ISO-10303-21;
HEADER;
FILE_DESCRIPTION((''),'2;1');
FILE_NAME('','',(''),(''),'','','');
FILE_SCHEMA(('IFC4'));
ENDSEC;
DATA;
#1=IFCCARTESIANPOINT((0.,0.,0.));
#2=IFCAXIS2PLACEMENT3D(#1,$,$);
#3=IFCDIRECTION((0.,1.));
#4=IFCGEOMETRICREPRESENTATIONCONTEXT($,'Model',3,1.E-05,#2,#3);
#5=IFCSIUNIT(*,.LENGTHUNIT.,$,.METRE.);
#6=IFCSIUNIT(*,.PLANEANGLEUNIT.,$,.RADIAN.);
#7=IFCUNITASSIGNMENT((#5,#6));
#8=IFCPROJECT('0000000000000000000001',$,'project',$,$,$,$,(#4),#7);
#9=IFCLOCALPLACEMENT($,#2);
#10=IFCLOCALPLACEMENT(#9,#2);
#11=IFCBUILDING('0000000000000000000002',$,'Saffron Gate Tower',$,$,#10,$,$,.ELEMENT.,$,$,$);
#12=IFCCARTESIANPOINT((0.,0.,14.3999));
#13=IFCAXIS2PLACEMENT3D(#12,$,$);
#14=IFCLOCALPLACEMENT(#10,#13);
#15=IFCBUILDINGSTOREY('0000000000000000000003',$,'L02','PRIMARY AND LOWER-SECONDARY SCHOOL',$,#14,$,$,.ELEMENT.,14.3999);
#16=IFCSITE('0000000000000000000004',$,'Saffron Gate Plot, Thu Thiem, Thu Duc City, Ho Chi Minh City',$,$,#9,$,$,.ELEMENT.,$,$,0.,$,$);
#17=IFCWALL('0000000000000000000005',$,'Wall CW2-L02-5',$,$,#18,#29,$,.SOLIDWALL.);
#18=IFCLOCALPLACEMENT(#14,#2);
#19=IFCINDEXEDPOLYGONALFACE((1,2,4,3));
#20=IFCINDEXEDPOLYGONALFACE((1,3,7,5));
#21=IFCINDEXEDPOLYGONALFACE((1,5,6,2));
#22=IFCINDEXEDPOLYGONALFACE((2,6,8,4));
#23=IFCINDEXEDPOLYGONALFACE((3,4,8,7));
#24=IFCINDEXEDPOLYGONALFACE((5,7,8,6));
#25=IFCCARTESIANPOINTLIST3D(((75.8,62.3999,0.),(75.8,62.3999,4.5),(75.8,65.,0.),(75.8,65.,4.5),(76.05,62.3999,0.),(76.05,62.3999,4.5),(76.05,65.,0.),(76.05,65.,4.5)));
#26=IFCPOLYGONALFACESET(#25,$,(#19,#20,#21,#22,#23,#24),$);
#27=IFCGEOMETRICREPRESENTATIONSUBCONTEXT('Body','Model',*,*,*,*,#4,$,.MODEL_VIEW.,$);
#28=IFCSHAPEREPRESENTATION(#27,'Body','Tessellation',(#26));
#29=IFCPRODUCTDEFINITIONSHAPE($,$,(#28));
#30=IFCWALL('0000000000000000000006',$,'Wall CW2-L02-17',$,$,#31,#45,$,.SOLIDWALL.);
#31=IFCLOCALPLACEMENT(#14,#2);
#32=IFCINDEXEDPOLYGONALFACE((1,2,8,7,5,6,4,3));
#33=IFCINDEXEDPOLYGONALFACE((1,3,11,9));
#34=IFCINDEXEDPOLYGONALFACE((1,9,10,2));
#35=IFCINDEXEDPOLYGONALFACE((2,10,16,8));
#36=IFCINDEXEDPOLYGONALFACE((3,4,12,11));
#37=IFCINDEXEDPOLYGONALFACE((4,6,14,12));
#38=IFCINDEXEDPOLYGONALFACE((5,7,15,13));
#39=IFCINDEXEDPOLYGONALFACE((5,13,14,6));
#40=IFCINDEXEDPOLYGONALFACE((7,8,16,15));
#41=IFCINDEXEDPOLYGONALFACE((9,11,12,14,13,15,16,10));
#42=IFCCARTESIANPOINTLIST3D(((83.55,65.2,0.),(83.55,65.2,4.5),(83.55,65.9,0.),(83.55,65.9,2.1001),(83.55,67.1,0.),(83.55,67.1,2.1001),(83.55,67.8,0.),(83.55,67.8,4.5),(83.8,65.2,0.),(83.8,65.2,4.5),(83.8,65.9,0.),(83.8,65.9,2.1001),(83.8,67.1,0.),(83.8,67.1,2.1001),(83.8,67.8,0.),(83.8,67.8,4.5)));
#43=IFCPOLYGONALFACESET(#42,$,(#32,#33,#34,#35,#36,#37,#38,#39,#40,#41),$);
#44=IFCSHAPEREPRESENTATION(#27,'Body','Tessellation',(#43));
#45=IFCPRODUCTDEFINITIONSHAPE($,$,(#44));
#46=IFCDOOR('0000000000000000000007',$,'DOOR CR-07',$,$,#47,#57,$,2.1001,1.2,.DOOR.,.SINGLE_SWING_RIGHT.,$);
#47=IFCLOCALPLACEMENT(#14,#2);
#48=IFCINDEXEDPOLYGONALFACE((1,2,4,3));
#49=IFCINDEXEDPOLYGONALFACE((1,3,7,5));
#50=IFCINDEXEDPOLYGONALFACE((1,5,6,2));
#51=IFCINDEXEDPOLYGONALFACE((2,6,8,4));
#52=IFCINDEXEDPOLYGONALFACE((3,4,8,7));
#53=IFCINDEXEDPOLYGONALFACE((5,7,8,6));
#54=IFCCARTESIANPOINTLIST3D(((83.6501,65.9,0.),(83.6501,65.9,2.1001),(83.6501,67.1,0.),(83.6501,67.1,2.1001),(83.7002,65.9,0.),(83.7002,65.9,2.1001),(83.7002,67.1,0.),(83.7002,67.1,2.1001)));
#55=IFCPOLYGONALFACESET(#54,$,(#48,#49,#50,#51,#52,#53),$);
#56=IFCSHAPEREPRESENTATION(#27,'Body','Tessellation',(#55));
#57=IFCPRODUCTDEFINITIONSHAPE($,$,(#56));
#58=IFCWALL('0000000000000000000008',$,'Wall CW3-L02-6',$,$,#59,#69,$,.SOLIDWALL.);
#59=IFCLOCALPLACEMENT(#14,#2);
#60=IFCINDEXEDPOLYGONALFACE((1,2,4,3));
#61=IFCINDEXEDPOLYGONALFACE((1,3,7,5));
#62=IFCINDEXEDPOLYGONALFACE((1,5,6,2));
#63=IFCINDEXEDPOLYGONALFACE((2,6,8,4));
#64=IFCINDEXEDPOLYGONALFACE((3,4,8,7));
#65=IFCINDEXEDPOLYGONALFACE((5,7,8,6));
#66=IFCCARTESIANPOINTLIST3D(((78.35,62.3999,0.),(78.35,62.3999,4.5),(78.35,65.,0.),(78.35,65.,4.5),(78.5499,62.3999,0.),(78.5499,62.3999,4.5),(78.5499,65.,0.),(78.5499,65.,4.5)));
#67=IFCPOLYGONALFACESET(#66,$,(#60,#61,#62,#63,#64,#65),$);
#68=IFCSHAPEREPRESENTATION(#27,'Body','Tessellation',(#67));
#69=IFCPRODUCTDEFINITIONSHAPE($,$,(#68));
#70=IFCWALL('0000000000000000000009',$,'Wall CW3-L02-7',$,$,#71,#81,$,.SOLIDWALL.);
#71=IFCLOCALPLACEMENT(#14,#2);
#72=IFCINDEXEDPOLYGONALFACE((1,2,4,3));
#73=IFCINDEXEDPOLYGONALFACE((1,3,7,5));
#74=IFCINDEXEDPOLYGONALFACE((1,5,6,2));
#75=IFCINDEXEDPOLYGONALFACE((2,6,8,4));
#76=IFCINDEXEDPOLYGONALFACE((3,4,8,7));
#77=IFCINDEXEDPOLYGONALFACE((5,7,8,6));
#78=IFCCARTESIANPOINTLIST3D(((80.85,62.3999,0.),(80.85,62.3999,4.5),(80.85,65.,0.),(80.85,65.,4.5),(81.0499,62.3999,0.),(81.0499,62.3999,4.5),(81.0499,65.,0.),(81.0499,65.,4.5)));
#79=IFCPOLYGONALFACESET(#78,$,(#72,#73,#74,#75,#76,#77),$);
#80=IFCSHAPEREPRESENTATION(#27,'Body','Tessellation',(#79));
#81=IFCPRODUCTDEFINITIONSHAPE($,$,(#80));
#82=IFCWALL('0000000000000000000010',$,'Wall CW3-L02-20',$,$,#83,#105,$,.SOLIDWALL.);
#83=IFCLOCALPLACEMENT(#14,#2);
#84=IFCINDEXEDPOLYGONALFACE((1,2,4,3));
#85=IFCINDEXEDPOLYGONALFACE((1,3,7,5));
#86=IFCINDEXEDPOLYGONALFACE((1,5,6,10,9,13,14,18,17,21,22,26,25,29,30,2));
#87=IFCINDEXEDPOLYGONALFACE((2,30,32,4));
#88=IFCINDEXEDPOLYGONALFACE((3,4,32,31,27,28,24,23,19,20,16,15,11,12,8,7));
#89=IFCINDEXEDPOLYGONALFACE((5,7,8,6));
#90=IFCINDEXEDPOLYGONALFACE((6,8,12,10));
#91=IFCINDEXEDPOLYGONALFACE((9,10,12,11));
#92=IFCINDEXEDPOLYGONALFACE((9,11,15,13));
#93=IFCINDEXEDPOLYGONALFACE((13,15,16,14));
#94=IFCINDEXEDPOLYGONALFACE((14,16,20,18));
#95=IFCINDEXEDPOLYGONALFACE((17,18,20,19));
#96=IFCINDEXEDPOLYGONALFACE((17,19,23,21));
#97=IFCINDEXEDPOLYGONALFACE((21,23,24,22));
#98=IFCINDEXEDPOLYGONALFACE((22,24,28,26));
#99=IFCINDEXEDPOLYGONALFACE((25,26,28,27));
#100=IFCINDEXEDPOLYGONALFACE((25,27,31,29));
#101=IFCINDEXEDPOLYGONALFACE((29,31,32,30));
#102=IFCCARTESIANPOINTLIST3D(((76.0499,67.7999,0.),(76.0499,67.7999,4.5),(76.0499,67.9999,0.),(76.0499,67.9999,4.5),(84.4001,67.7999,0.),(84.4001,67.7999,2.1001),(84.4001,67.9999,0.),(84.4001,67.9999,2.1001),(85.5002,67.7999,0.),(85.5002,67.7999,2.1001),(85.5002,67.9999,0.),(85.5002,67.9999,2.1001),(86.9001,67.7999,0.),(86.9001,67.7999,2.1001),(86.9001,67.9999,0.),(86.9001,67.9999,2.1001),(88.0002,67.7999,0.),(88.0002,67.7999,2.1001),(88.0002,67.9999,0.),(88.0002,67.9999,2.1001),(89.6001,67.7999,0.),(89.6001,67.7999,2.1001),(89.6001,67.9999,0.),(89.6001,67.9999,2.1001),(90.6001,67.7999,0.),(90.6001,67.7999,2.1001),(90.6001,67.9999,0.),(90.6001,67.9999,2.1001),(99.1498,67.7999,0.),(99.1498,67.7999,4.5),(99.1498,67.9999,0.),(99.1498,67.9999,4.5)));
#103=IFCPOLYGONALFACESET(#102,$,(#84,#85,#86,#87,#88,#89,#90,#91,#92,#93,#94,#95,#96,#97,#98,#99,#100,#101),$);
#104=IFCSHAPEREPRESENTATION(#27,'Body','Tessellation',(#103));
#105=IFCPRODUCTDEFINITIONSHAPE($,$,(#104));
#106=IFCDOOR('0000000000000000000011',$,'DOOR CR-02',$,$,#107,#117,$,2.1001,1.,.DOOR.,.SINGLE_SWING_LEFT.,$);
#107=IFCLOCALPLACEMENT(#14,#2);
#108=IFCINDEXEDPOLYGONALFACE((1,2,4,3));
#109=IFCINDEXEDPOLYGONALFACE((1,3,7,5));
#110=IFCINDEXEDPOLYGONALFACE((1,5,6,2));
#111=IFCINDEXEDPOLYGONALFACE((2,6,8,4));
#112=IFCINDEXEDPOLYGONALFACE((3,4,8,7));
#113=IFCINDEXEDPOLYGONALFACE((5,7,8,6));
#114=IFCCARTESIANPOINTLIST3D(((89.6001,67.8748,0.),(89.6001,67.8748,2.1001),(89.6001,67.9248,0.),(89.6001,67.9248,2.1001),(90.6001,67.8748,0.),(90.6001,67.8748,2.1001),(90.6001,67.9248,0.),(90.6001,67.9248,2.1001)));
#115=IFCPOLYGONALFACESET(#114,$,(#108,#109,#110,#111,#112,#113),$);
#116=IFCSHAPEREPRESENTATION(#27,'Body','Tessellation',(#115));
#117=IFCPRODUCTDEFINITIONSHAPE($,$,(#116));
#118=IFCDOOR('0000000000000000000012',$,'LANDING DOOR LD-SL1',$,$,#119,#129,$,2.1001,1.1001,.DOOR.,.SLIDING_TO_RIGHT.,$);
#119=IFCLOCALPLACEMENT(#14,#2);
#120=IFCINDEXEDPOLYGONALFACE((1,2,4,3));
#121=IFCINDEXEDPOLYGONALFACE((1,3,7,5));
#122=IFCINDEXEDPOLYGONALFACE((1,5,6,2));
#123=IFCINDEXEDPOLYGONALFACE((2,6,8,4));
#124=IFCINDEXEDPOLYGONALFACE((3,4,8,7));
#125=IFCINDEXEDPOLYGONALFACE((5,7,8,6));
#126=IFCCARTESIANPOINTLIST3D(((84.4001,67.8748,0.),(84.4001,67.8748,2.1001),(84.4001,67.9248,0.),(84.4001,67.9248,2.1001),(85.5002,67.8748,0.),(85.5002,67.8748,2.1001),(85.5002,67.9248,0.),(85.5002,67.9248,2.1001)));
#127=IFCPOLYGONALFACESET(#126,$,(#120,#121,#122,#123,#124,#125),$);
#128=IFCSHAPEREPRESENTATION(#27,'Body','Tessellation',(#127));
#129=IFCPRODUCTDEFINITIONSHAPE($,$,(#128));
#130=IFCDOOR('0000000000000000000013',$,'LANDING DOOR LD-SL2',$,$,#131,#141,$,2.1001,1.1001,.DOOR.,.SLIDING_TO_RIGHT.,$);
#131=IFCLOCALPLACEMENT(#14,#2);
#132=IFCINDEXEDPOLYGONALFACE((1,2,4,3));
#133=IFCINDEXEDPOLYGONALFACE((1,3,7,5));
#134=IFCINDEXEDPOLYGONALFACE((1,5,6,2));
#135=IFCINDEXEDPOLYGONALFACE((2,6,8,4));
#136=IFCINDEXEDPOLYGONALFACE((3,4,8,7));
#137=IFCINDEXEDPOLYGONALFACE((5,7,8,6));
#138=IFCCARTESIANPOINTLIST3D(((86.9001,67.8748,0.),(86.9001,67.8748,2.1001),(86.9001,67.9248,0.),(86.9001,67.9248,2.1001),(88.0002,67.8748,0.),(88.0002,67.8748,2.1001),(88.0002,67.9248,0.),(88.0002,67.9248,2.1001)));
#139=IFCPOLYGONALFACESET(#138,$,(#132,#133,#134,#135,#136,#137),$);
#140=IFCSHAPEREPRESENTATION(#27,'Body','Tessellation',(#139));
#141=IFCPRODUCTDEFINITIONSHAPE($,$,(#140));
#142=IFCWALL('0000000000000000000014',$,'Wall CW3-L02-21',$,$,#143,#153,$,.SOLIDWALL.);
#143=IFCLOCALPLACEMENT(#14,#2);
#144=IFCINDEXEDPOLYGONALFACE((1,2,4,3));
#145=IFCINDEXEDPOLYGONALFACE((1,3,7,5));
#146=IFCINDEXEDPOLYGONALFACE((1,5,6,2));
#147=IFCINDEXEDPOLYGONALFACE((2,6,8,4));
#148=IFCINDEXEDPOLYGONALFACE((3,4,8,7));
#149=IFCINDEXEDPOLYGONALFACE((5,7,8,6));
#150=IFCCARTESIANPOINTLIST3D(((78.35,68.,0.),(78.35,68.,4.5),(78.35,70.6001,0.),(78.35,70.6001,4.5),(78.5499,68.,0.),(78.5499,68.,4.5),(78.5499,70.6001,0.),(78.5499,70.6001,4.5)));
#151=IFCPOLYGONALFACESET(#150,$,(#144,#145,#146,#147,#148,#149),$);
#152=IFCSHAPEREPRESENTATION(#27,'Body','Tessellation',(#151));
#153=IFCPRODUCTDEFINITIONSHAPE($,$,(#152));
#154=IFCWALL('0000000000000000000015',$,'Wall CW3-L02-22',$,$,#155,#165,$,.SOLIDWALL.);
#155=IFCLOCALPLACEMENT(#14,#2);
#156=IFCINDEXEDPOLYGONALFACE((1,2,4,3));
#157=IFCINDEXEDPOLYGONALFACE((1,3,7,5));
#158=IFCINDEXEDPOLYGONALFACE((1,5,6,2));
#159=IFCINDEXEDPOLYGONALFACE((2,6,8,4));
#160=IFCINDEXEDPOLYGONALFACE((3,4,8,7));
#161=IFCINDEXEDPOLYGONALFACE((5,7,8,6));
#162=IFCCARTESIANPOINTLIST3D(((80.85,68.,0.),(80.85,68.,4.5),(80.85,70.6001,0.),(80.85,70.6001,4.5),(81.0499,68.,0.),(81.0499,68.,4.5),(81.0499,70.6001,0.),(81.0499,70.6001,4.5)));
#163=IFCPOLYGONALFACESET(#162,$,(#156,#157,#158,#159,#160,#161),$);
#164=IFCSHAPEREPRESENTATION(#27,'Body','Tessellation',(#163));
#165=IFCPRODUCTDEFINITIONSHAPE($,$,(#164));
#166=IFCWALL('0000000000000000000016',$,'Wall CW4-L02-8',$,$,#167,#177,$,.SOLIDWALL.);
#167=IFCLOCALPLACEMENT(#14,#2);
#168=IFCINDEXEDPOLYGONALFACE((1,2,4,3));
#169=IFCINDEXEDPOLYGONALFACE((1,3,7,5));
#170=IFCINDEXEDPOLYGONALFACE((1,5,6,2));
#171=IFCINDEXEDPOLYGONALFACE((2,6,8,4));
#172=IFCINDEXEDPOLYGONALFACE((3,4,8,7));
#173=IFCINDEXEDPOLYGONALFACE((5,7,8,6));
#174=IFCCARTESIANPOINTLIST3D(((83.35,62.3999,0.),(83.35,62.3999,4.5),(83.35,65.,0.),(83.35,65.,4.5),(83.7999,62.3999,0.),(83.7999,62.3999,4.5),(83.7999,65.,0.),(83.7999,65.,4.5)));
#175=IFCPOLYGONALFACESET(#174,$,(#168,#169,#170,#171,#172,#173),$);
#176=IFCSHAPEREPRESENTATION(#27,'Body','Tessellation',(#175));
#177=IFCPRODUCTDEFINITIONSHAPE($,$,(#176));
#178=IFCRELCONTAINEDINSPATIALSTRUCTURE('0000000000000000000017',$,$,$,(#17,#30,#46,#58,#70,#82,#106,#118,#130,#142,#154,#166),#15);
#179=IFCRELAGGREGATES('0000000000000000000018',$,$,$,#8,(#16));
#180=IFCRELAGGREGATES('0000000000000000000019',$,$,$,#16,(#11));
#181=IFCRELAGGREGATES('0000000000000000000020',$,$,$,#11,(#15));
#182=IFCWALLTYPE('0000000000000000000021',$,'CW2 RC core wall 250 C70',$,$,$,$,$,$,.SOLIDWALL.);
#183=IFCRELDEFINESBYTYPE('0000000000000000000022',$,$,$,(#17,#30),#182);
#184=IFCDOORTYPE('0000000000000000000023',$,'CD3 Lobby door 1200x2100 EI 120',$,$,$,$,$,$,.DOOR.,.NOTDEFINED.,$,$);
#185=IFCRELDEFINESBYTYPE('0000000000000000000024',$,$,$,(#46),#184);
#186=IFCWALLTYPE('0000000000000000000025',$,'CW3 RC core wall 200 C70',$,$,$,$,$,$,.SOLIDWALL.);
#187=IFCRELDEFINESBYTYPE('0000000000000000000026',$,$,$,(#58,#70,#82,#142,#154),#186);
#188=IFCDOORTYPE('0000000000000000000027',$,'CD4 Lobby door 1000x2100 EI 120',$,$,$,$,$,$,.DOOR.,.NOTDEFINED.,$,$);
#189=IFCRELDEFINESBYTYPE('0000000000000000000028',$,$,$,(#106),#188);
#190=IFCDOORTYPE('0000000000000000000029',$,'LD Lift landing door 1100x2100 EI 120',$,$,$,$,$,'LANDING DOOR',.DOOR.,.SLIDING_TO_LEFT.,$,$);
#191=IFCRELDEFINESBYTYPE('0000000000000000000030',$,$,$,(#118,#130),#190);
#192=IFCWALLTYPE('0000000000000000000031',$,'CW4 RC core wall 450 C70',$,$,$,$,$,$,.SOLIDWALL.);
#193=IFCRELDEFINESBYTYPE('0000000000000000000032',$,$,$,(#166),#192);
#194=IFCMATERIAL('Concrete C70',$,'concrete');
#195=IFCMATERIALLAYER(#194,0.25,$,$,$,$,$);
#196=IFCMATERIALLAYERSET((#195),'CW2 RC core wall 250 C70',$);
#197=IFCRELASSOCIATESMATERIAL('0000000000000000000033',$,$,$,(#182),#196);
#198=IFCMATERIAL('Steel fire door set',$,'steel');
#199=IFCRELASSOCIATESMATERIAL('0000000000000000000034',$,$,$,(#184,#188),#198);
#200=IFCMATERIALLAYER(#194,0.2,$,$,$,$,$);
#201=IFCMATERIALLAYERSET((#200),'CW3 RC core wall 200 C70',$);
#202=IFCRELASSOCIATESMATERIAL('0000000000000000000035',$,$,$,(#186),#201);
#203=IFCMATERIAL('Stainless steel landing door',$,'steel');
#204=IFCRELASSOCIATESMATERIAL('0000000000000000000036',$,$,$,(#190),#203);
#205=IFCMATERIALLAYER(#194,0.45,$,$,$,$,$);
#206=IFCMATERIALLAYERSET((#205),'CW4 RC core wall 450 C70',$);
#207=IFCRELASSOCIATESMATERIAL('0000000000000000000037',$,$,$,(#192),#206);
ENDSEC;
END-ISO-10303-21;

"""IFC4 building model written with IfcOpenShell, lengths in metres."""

from ifc_helpers import new_model, si_unit, direction, frame, frame_2d, origin, place, context, subcontext, project, spatial, rectangle, extrude, material, layer, layer_set, type_object, element, fill, save


model = new_model("IFC4")

# Units and contexts
model_context = context("Model", 3, precision=1e-05, world=origin(), true_north=direction((0.0, 1.0)))
body_context = subcontext(model_context, "Body", "Model", "MODEL_VIEW")
ifc_project = project(units=[si_unit("LENGTHUNIT", "METRE"), si_unit("PLANEANGLEUNIT", "RADIAN")], contexts=[model_context])

# Site, building, storey
site_placement = place(None, origin())
site = spatial("IfcSite", under=ifc_project, at=site_placement, Name="Saffron Gate Plot, Thu Thiem, Thu Duc City, Ho Chi Minh City", CompositionType="ELEMENT", RefElevation=0.0)
building_placement = place(site_placement, origin())
building = spatial("IfcBuilding", under=site, at=building_placement, Name="Saffron Gate Tower", CompositionType="ELEMENT")
storey_placement = place(building_placement, frame((0.0, 0.0, 14.3999)))
storey = spatial("IfcBuildingStorey", under=building, at=storey_placement, Name="L02", Description="PRIMARY AND LOWER-SECONDARY SCHOOL", CompositionType="ELEMENT", Elevation=14.3999)

# Wall
ifc_material_1 = material(Name="Concrete C70", Category="concrete")
ifc_layer_1 = layer(ifc_material_1, 0.25)
ifc_layer_set_1 = layer_set([ifc_layer_1], Name="CW2 RC core wall 250 C70")
wall_type_1 = type_object("IfcWallType", Name="CW2 RC core wall 250 C70", PredefinedType="SOLIDWALL", material=ifc_layer_set_1)
wall_1_placement = place(storey_placement, frame((75.925, 62.3999, 0.0), z_axis=(0.0, 0.0, 1.0), x_axis=(0.0, 1.0, 0.0)))
element("IfcWall", 1, at=wall_1_placement, inside=storey, type_object=wall_type_1, Name="Wall CW2-L02-5", PredefinedType="SOLIDWALL", context=body_context, shape_type="SweptSolid", body=[
    extrude(rectangle(XDim=2.6001, YDim=0.25, at=frame_2d((1.3, 0.0))), origin(), (0.0, 0.0, 1.0), 4.5),
])

# Wall, opening, door
wall_2_placement = place(storey_placement, frame((83.675, 65.2, 0.0), z_axis=(0.0, 0.0, 1.0), x_axis=(0.0, 1.0, 0.0)))
wall_2 = element("IfcWall", 2, at=wall_2_placement, inside=storey, type_object=wall_type_1, Name="Wall CW2-L02-17", PredefinedType="SOLIDWALL", context=body_context, shape_type="SweptSolid", body=[
    extrude(rectangle(XDim=2.6001, YDim=0.25, at=frame_2d((1.3, 0.0))), origin(), (0.0, 0.0, 1.0), 4.5),
])
opening_1_placement = place(wall_2_placement, frame((0.7, 0.0, 0.0)))
opening_1 = element("IfcOpeningElement", 3, at=opening_1_placement, cuts=wall_2, PredefinedType="OPENING", context=body_context, shape_type="SweptSolid", body=[
    extrude(rectangle(XDim=1.2, YDim=2.1001, at=frame_2d((0.6001, 1.05))), frame((0.0, 0.135, 0.0), z_axis=(0.0, -1.0, 0.0), x_axis=(1.0, 0.0, 0.0)), (0.0, 0.0, 1.0), 0.27),
])
ifc_material_2 = material(Name="Steel fire door set", Category="steel")
door_type_1 = type_object("IfcDoorType", Name="CD3 Lobby door 1200x2100 EI 120", OperationType="NOTDEFINED", PredefinedType="DOOR", material=ifc_material_2)
door_1_placement = place(opening_1_placement, origin())
door_1 = element("IfcDoor", 4, at=door_1_placement, inside=storey, type_object=door_type_1, Name="DOOR CR-07", OperationType="SINGLE_SWING_RIGHT", OverallHeight=2.1001, OverallWidth=1.2, PredefinedType="DOOR", context=body_context, shape_type="SweptSolid", body=[
    extrude(rectangle(XDim=1.2, YDim=2.1001, at=frame_2d((0.6001, 1.05))), frame((0.0, 0.0249, 0.0), z_axis=(0.0, -1.0, 0.0), x_axis=(1.0, 0.0, 0.0)), (0.0, 0.0, 1.0), 0.05),
])
fill(opening_1, door_1)

# Walls
ifc_layer_2 = layer(ifc_material_1, 0.2)
ifc_layer_set_2 = layer_set([ifc_layer_2], Name="CW3 RC core wall 200 C70")
wall_type_2 = type_object("IfcWallType", Name="CW3 RC core wall 200 C70", PredefinedType="SOLIDWALL", material=ifc_layer_set_2)
for number, where, z_axis, x_axis, name in (
    (5, (78.45, 62.3999, 0.0), (0.0, 0.0, 1.0), (0.0, 1.0, 0.0), "Wall CW3-L02-6"),
    (6, (80.95, 62.3999, 0.0), (0.0, 0.0, 1.0), (0.0, 1.0, 0.0), "Wall CW3-L02-7"),
):
    element("IfcWall", number, at=place(storey_placement, frame(where, z_axis=z_axis, x_axis=x_axis)), inside=storey, type_object=wall_type_2, Name=name, PredefinedType="SOLIDWALL", context=body_context, shape_type="SweptSolid", body=[
        extrude(rectangle(XDim=2.6001, YDim=0.2, at=frame_2d((1.3, 0.0))), origin(), (0.0, 0.0, 1.0), 4.5),
    ])

# Wall, openings, doors
wall_3_placement = place(storey_placement, frame((76.05, 67.8999, 0.0), z_axis=(0.0, 0.0, 1.0), x_axis=(1.0, 0.0, 0.0)))
wall_3 = element("IfcWall", 7, at=wall_3_placement, inside=storey, type_object=wall_type_2, Name="Wall CW3-L02-20", PredefinedType="SOLIDWALL", context=body_context, shape_type="SweptSolid", body=[
    extrude(rectangle(XDim=23.0999, YDim=0.2, at=frame_2d((11.5498, 0.0))), origin(), (0.0, 0.0, 1.0), 4.5),
])
opening_2_placement = place(wall_3_placement, frame((8.3501, 0.0, 0.0)))
opening_2 = element("IfcOpeningElement", 8, at=opening_2_placement, cuts=wall_3, PredefinedType="OPENING", context=body_context, shape_type="SweptSolid", body=[
    extrude(rectangle(XDim=1.1001, YDim=2.1001, at=frame_2d((0.55, 1.05))), frame((0.0, 0.1099, 0.0), z_axis=(0.0, -1.0, 0.0), x_axis=(1.0, 0.0, 0.0)), (0.0, 0.0, 1.0), 0.22),
])
opening_3_placement = place(wall_3_placement, frame((10.8501, 0.0, 0.0)))
opening_3 = element("IfcOpeningElement", 9, at=opening_3_placement, cuts=wall_3, PredefinedType="OPENING", context=body_context, shape_type="SweptSolid", body=[
    extrude(rectangle(XDim=1.1001, YDim=2.1001, at=frame_2d((0.55, 1.05))), frame((0.0, 0.1099, 0.0), z_axis=(0.0, -1.0, 0.0), x_axis=(1.0, 0.0, 0.0)), (0.0, 0.0, 1.0), 0.22),
])
opening_4_placement = place(wall_3_placement, frame((13.55, 0.0, 0.0)))
opening_4 = element("IfcOpeningElement", 10, at=opening_4_placement, cuts=wall_3, PredefinedType="OPENING", context=body_context, shape_type="SweptSolid", body=[
    extrude(rectangle(XDim=1.0, YDim=2.1001, at=frame_2d((0.5, 1.05))), frame((0.0, 0.1099, 0.0), z_axis=(0.0, -1.0, 0.0), x_axis=(1.0, 0.0, 0.0)), (0.0, 0.0, 1.0), 0.22),
])
door_type_2 = type_object("IfcDoorType", Name="CD4 Lobby door 1000x2100 EI 120", OperationType="NOTDEFINED", PredefinedType="DOOR", material=ifc_material_2)
door_2_placement = place(opening_4_placement, origin())
door_2 = element("IfcDoor", 11, at=door_2_placement, inside=storey, type_object=door_type_2, Name="DOOR CR-02", OperationType="SINGLE_SWING_LEFT", OverallHeight=2.1001, OverallWidth=1.0, PredefinedType="DOOR", context=body_context, shape_type="SweptSolid", body=[
    extrude(rectangle(XDim=1.0, YDim=2.1001, at=frame_2d((0.5, 1.05))), frame((0.0, 0.0249, 0.0), z_axis=(0.0, -1.0, 0.0), x_axis=(1.0, 0.0, 0.0)), (0.0, 0.0, 1.0), 0.05),
])
fill(opening_4, door_2)
ifc_material_3 = material(Name="Stainless steel landing door", Category="steel")
door_type_3 = type_object("IfcDoorType", Name="LD Lift landing door 1100x2100 EI 120", ElementType="LANDING DOOR", OperationType="SLIDING_TO_LEFT", PredefinedType="DOOR", material=ifc_material_3)
door_3_placement = place(opening_2_placement, origin())
door_3 = element("IfcDoor", 12, at=door_3_placement, inside=storey, type_object=door_type_3, Name="LANDING DOOR LD-SL1", OperationType="SLIDING_TO_RIGHT", OverallHeight=2.1001, OverallWidth=1.1001, PredefinedType="DOOR", context=body_context, shape_type="SweptSolid", body=[
    extrude(rectangle(XDim=1.1001, YDim=2.1001, at=frame_2d((0.55, 1.05))), frame((0.0, 0.0249, 0.0), z_axis=(0.0, -1.0, 0.0), x_axis=(1.0, 0.0, 0.0)), (0.0, 0.0, 1.0), 0.05),
])
fill(opening_2, door_3)
door_4_placement = place(opening_3_placement, origin())
door_4 = element("IfcDoor", 13, at=door_4_placement, inside=storey, type_object=door_type_3, Name="LANDING DOOR LD-SL2", OperationType="SLIDING_TO_RIGHT", OverallHeight=2.1001, OverallWidth=1.1001, PredefinedType="DOOR", context=body_context, shape_type="SweptSolid", body=[
    extrude(rectangle(XDim=1.1001, YDim=2.1001, at=frame_2d((0.55, 1.05))), frame((0.0, 0.0249, 0.0), z_axis=(0.0, -1.0, 0.0), x_axis=(1.0, 0.0, 0.0)), (0.0, 0.0, 1.0), 0.05),
])
fill(opening_3, door_4)

# Walls
for number, where, z_axis, x_axis, name in (
    (14, (78.45, 68.0, 0.0), (0.0, 0.0, 1.0), (0.0, 1.0, 0.0), "Wall CW3-L02-21"),
    (15, (80.95, 68.0, 0.0), (0.0, 0.0, 1.0), (0.0, 1.0, 0.0), "Wall CW3-L02-22"),
):
    element("IfcWall", number, at=place(storey_placement, frame(where, z_axis=z_axis, x_axis=x_axis)), inside=storey, type_object=wall_type_2, Name=name, PredefinedType="SOLIDWALL", context=body_context, shape_type="SweptSolid", body=[
        extrude(rectangle(XDim=2.6001, YDim=0.2, at=frame_2d((1.3, 0.0))), origin(), (0.0, 0.0, 1.0), 4.5),
    ])
ifc_layer_3 = layer(ifc_material_1, 0.45)
ifc_layer_set_3 = layer_set([ifc_layer_3], Name="CW4 RC core wall 450 C70")
wall_type_3 = type_object("IfcWallType", Name="CW4 RC core wall 450 C70", PredefinedType="SOLIDWALL", material=ifc_layer_set_3)
for number, where, z_axis, x_axis, name in (
    (16, (83.575, 62.3999, 0.0), (0.0, 0.0, 1.0), (0.0, 1.0, 0.0), "Wall CW4-L02-8"),
):
    element("IfcWall", number, at=place(storey_placement, frame(where, z_axis=z_axis, x_axis=x_axis)), inside=storey, type_object=wall_type_3, Name=name, PredefinedType="SOLIDWALL", context=body_context, shape_type="SweptSolid", body=[
        extrude(rectangle(XDim=2.6001, YDim=0.45, at=frame_2d((1.3, 0.0))), origin(), (0.0, 0.0, 1.0), 4.5),
    ])

save(model, "model.ifc")
